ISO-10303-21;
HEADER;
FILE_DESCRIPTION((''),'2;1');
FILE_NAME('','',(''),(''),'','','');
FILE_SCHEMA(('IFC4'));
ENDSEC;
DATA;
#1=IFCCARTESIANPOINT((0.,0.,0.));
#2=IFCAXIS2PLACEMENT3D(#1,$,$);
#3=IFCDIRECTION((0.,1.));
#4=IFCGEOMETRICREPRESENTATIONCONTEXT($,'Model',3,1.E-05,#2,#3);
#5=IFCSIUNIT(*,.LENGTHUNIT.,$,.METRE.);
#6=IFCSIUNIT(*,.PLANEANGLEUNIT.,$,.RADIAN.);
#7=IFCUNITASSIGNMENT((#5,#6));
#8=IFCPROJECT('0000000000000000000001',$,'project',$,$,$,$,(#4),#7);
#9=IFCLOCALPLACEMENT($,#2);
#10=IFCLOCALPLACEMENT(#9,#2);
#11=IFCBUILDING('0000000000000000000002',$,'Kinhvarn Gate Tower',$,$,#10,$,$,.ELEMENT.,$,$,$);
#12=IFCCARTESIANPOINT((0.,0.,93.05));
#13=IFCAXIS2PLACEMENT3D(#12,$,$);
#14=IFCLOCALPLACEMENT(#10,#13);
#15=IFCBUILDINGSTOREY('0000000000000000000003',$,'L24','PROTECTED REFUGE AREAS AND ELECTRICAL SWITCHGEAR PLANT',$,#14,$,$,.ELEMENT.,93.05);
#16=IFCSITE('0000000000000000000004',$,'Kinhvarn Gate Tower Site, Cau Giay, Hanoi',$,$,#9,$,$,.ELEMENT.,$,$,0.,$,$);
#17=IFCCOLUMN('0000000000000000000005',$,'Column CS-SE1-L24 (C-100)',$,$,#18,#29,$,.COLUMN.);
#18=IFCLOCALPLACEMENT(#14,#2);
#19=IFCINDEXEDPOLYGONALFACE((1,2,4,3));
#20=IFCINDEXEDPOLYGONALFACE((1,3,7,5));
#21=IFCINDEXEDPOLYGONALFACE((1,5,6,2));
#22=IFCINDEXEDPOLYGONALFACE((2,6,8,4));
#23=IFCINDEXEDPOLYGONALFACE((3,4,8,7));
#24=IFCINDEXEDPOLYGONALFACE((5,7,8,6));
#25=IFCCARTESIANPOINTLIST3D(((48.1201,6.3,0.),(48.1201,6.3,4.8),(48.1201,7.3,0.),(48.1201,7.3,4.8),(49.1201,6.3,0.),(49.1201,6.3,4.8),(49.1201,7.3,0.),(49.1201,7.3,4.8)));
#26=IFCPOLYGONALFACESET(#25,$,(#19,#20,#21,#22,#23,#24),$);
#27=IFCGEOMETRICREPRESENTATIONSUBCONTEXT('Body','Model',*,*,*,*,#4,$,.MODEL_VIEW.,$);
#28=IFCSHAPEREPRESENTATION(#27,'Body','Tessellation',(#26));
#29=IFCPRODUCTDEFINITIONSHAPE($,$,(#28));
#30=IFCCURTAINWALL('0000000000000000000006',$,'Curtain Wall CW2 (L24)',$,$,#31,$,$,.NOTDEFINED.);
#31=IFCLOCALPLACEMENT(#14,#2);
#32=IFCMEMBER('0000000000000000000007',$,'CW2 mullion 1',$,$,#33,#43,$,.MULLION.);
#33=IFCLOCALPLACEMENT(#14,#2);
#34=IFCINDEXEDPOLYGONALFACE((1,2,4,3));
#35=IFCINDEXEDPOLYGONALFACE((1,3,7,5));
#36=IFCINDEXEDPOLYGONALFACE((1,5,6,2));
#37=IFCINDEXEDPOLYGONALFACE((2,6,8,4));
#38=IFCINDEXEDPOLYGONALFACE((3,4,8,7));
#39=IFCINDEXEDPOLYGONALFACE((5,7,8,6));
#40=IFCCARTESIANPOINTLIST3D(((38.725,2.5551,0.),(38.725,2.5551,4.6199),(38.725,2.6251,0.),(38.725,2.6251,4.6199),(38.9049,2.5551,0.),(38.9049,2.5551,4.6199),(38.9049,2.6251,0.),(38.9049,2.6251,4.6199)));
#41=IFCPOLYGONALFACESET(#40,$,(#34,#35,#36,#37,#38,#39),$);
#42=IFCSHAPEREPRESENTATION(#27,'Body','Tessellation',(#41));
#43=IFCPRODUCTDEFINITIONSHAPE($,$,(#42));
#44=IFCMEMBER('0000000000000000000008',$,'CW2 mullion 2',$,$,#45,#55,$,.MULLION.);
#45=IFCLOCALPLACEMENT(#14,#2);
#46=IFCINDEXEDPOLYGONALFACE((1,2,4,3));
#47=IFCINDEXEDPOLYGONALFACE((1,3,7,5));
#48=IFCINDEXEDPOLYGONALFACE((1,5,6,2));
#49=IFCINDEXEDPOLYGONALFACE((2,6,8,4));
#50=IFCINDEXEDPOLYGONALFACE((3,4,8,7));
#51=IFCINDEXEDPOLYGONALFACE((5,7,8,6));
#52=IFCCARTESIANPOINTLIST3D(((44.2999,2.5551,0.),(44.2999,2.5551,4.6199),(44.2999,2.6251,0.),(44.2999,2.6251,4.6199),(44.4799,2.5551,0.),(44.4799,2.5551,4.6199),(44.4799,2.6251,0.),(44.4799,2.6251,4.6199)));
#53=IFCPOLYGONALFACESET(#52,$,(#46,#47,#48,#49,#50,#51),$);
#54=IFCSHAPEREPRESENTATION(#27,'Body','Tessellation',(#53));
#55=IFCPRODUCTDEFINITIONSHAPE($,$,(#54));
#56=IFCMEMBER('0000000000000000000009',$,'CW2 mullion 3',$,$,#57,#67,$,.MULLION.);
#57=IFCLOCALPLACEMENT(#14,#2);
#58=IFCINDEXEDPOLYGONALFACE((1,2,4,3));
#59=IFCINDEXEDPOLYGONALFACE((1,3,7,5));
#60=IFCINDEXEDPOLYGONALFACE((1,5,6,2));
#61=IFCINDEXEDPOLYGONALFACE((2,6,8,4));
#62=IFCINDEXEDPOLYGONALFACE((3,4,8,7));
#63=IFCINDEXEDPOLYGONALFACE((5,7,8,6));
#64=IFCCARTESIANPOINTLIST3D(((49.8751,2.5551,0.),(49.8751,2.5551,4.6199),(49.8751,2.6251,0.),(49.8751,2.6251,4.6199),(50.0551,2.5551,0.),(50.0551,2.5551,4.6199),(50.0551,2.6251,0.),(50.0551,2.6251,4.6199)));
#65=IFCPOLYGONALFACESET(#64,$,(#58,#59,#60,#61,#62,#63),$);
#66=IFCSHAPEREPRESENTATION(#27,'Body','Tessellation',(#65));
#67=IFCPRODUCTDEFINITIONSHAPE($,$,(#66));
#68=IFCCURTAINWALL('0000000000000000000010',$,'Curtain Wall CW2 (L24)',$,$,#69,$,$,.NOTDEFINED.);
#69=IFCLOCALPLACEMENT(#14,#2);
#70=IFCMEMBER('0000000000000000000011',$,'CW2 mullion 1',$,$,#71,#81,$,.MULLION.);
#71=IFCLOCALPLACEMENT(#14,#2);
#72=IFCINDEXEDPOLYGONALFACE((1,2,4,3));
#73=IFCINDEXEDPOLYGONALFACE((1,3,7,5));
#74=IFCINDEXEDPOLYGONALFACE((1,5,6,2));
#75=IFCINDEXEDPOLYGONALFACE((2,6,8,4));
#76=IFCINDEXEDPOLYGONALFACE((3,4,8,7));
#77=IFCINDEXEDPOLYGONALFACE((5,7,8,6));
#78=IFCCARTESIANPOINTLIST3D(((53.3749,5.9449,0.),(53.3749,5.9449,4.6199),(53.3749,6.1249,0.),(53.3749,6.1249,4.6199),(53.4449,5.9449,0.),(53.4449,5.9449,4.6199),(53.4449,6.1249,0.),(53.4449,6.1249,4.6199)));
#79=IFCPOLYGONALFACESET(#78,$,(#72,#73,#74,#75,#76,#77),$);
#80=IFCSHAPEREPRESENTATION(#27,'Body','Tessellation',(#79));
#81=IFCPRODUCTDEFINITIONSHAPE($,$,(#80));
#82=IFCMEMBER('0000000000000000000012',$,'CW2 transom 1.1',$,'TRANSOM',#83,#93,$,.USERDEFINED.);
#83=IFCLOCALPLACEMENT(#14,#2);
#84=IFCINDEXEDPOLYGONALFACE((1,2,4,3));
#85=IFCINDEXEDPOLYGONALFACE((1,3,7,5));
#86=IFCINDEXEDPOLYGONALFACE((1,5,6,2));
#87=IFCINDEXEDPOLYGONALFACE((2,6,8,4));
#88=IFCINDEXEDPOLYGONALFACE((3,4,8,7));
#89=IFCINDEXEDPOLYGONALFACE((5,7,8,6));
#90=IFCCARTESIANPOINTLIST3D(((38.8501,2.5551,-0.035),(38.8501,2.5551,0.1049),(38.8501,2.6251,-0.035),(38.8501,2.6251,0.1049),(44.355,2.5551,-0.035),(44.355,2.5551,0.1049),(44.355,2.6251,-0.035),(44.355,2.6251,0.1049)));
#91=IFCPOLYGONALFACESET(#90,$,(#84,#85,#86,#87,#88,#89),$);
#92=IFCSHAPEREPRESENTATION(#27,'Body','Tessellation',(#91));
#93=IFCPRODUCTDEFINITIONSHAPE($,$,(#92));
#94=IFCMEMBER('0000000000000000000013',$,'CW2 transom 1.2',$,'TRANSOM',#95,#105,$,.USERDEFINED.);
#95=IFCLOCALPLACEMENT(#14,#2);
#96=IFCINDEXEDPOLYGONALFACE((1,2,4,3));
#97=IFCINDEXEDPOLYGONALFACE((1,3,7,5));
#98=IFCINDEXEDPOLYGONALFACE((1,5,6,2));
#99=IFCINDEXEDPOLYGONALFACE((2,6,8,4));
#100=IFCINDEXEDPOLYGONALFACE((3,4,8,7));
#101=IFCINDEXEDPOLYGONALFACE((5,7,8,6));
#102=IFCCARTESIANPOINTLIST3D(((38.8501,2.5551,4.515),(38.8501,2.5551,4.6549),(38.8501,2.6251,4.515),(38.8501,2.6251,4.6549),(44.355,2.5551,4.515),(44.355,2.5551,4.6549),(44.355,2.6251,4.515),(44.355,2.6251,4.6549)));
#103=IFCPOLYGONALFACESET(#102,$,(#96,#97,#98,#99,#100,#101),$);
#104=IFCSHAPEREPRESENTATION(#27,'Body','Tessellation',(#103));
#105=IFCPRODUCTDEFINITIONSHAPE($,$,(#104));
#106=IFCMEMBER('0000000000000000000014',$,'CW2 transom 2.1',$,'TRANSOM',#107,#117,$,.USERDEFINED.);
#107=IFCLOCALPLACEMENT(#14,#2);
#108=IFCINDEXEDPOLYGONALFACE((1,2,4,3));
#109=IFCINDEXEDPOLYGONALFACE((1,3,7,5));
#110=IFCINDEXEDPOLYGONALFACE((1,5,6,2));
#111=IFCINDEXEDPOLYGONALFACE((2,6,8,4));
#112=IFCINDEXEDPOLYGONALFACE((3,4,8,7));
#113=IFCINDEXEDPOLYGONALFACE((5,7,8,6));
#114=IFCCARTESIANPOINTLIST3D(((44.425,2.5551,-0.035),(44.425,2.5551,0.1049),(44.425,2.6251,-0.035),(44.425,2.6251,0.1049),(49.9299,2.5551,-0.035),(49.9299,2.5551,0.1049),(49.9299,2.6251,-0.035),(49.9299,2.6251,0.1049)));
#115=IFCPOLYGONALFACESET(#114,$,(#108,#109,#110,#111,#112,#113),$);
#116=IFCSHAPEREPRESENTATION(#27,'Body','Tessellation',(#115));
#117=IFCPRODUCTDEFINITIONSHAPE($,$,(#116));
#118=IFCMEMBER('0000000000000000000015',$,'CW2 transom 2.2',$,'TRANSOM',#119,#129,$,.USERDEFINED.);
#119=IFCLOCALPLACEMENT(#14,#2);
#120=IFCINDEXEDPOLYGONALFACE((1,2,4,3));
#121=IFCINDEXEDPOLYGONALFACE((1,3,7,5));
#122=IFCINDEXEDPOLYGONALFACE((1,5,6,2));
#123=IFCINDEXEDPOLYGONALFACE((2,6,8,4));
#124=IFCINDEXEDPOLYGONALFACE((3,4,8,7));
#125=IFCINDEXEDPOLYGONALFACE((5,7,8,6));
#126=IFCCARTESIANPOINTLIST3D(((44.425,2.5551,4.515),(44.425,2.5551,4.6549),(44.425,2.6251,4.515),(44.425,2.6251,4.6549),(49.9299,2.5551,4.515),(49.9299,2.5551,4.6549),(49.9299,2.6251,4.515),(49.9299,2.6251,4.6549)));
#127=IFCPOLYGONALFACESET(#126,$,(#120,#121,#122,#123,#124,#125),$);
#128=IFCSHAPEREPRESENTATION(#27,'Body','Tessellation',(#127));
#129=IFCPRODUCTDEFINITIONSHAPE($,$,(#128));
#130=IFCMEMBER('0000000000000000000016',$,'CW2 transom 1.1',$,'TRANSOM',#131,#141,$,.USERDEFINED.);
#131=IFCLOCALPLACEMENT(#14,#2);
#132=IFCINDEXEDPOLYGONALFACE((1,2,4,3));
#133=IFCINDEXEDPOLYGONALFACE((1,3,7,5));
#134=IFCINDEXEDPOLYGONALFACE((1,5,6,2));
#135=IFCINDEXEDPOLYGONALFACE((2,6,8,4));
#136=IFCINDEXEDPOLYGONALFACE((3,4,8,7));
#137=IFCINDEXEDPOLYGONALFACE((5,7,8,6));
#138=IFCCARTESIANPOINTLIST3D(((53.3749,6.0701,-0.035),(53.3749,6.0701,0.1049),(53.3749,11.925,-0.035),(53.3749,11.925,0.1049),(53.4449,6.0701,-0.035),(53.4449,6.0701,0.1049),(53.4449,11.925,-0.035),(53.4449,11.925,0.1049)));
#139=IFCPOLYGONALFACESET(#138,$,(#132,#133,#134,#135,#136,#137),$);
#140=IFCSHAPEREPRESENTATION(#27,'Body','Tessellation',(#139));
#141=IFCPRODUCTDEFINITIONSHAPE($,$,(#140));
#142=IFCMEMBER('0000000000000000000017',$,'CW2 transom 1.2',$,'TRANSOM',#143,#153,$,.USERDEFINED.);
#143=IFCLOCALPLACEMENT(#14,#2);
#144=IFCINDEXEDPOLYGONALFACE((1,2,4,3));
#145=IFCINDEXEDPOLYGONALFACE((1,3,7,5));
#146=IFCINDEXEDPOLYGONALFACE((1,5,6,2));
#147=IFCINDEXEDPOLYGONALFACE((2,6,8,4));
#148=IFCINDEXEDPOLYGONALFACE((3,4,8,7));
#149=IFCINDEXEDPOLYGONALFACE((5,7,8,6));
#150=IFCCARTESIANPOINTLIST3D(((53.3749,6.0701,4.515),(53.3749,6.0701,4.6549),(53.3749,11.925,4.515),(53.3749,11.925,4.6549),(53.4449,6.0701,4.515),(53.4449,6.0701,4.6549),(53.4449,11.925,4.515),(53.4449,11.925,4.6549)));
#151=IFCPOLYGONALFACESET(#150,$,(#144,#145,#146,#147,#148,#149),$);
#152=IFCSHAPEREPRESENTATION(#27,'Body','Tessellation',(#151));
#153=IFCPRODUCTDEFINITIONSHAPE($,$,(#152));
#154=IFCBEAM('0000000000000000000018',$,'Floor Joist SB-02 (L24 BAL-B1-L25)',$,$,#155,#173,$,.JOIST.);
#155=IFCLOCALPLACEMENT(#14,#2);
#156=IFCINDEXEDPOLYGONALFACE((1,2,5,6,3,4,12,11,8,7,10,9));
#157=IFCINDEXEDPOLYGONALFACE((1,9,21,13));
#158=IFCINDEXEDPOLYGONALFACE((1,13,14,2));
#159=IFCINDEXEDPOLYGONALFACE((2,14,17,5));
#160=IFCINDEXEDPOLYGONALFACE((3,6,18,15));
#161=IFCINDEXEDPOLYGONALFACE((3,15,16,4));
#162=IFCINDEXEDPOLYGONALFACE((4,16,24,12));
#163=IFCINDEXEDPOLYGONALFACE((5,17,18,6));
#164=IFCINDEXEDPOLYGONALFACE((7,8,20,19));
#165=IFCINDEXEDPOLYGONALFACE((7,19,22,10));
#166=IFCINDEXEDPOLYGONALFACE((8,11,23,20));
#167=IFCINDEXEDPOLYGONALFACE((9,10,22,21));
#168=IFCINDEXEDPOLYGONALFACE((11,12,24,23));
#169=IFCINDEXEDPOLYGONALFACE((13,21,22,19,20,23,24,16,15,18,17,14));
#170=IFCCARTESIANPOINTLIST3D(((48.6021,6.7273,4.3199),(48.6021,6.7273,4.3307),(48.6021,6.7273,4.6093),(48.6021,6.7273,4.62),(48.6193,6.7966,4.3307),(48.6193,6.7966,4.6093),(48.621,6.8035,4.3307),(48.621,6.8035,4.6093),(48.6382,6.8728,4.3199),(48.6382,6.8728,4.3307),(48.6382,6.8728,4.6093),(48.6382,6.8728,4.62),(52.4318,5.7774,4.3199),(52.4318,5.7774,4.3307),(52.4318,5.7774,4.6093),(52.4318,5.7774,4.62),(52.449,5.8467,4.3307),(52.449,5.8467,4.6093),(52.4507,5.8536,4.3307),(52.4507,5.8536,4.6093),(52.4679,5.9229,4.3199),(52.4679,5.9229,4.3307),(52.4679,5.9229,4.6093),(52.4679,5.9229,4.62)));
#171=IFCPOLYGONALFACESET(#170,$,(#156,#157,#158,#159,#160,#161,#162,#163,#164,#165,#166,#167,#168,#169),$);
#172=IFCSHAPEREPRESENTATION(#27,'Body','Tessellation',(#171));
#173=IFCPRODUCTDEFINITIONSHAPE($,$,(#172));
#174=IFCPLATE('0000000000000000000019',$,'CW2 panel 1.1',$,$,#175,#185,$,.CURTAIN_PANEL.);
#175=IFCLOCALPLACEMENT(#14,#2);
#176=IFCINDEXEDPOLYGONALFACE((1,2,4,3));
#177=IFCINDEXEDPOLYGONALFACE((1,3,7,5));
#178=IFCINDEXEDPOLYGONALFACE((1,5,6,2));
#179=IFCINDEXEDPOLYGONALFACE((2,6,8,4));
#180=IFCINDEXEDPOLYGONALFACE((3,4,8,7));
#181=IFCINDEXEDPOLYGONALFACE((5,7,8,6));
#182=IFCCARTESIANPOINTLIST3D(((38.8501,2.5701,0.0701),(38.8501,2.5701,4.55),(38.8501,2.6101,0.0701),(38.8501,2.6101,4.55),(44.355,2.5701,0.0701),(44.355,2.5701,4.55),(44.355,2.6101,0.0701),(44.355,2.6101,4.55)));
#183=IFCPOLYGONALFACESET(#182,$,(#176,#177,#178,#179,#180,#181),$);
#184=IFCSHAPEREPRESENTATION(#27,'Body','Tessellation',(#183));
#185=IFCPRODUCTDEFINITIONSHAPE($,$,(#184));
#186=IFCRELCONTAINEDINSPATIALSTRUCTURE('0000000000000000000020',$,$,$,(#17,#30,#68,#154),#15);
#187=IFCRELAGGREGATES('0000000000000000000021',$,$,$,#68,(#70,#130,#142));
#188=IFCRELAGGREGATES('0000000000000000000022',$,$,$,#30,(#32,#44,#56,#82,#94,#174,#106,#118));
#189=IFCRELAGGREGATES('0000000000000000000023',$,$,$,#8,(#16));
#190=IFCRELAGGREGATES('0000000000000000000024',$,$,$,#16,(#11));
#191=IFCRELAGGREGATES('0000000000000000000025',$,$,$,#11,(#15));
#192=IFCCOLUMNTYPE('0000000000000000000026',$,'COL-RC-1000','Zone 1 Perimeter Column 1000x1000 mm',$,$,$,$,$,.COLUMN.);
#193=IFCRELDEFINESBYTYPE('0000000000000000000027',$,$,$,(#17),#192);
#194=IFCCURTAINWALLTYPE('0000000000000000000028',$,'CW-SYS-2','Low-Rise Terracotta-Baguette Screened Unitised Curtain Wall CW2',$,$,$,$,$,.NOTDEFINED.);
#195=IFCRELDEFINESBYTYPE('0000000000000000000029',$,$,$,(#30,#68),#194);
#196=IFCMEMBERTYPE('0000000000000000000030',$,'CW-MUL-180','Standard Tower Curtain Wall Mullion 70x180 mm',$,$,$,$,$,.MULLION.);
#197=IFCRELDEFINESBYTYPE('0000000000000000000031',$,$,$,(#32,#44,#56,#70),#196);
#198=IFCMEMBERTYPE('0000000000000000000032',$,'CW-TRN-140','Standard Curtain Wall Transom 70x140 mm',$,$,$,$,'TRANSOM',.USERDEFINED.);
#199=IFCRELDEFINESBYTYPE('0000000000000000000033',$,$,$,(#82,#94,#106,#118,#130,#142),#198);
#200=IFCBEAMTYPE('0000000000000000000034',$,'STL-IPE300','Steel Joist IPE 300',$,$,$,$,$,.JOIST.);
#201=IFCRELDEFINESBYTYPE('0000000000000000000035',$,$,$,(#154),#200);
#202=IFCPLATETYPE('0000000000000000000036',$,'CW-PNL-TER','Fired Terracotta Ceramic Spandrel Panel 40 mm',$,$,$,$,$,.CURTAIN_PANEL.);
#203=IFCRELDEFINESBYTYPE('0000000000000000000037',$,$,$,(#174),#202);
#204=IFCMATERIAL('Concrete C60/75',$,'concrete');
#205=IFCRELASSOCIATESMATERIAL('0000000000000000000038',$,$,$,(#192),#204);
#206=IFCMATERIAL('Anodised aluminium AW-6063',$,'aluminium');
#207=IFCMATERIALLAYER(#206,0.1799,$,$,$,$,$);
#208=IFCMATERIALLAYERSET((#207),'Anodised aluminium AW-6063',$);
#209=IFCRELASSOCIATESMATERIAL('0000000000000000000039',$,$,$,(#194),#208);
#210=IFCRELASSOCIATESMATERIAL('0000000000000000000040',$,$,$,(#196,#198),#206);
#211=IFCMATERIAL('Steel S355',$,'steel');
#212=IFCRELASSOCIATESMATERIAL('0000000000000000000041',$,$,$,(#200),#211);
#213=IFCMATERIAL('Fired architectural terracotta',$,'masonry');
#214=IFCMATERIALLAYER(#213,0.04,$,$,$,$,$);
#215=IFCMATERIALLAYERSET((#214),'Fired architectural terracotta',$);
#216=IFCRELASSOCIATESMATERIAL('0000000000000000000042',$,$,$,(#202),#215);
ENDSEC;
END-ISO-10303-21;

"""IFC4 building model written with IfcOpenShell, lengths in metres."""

from ifc_helpers import new_model, si_unit, direction, frame, origin, origin_2d, place, context, subcontext, project, spatial, rectangle, i_section, extrude, material, layer, layer_set, material_profile, profile_set, type_object, element, aggregate, save


model = new_model("IFC4")

# Units and contexts
model_context = context("Model", 3, precision=1e-05, world=origin(), true_north=direction((0.0, 1.0)))
body_context = subcontext(model_context, "Body", "Model", "MODEL_VIEW")
ifc_project = project(units=[si_unit("LENGTHUNIT", "METRE"), si_unit("PLANEANGLEUNIT", "RADIAN")], contexts=[model_context])

# Site, building, storey
site_placement = place(None, origin())
site = spatial("IfcSite", under=ifc_project, at=site_placement, Name="Kinhvarn Gate Tower Site, Cau Giay, Hanoi", CompositionType="ELEMENT", RefElevation=0.0)
building_placement = place(site_placement, origin())
building = spatial("IfcBuilding", under=site, at=building_placement, Name="Kinhvarn Gate Tower", CompositionType="ELEMENT")
storey_placement = place(building_placement, frame((0.0, 0.0, 93.05)))
storey = spatial("IfcBuildingStorey", under=building, at=storey_placement, Name="L24", Description="PROTECTED REFUGE AREAS AND ELECTRICAL SWITCHGEAR PLANT", CompositionType="ELEMENT", Elevation=93.05)

# Column
ifc_material_1 = material(Name="Concrete C60/75", Category="concrete")
ifc_material_profile_1 = material_profile(ifc_material_1, rectangle(XDim=1.0, YDim=1.0, at=origin_2d()), Name="RC 1000x1000")
ifc_profile_set_1 = profile_set([ifc_material_profile_1], Name="Concrete C60/75")
column_type = type_object("IfcColumnType", Name="COL-RC-1000", Description="Zone 1 Perimeter Column 1000x1000 mm", PredefinedType="COLUMN", material=ifc_profile_set_1)
column_placement = place(storey_placement, frame((48.6201, 6.8, 0.0), z_axis=(0.0, 0.0, 1.0), x_axis=(1.0, 0.0, 0.0)))
element("IfcColumn", 1, at=column_placement, inside=storey, type_object=column_type, Name="Column CS-SE1-L24 (C-100)", PredefinedType="COLUMN", context=body_context, shape_type="SweptSolid", body=[
    extrude(rectangle(XDim=1.0, YDim=1.0, at=origin_2d()), origin(), (0.0, 0.0, 1.0), 4.8),
])

# Curtain wall, members
ifc_material_2 = material(Name="Anodised aluminium AW-6063", Category="aluminium")
ifc_layer_1 = layer(ifc_material_2, 0.1799)
ifc_layer_set_1 = layer_set([ifc_layer_1], Name="Anodised aluminium AW-6063")
curtain_wall_type = type_object("IfcCurtainWallType", Name="CW-SYS-2", Description="Low-Rise Terracotta-Baguette Screened Unitised Curtain Wall CW2", PredefinedType="NOTDEFINED", material=ifc_layer_set_1)
curtain_wall_1_placement = place(storey_placement, origin())
curtain_wall_1 = element("IfcCurtainWall", 2, at=curtain_wall_1_placement, inside=storey, type_object=curtain_wall_type, Name="Curtain Wall CW2 (L24)", PredefinedType="NOTDEFINED")
ifc_material_profile_2 = material_profile(ifc_material_2, rectangle(XDim=0.0701, YDim=0.1799, at=origin_2d()), Name="ALU 70x180")
ifc_profile_set_2 = profile_set([ifc_material_profile_2], Name="Anodised aluminium AW-6063")
member_type_1 = type_object("IfcMemberType", Name="CW-MUL-180", Description="Standard Tower Curtain Wall Mullion 70x180 mm", PredefinedType="MULLION", material=ifc_profile_set_2)
member_1_placement = place(storey_placement, frame((38.8149, 2.5901, 0.0), z_axis=(0.0, 0.0, 1.0), x_axis=(0.0, 1.0, 0.0)))
member_1 = element("IfcMember", 3, at=member_1_placement, type_object=member_type_1, Name="CW2 mullion 1", PredefinedType="MULLION", context=body_context, shape_type="SweptSolid", body=[
    extrude(rectangle(XDim=0.0701, YDim=0.1799, at=origin_2d()), origin(), (0.0, 0.0, 1.0), 4.6199),
])
member_2_placement = place(storey_placement, frame((44.3899, 2.5901, 0.0), z_axis=(0.0, 0.0, 1.0), x_axis=(0.0, 1.0, 0.0)))
member_2 = element("IfcMember", 4, at=member_2_placement, type_object=member_type_1, Name="CW2 mullion 2", PredefinedType="MULLION", context=body_context, shape_type="SweptSolid", body=[
    extrude(rectangle(XDim=0.0701, YDim=0.1799, at=origin_2d()), origin(), (0.0, 0.0, 1.0), 4.6199),
])
member_3_placement = place(storey_placement, frame((49.9651, 2.5901, 0.0), z_axis=(0.0, 0.0, 1.0), x_axis=(0.0, 1.0, 0.0)))
member_3 = element("IfcMember", 5, at=member_3_placement, type_object=member_type_1, Name="CW2 mullion 3", PredefinedType="MULLION", context=body_context, shape_type="SweptSolid", body=[
    extrude(rectangle(XDim=0.0701, YDim=0.1799, at=origin_2d()), origin(), (0.0, 0.0, 1.0), 4.6199),
])

# Curtain wall, member
curtain_wall_2_placement = place(storey_placement, origin())
curtain_wall_2 = element("IfcCurtainWall", 6, at=curtain_wall_2_placement, inside=storey, type_object=curtain_wall_type, Name="Curtain Wall CW2 (L24)", PredefinedType="NOTDEFINED")
member_4_placement = place(storey_placement, frame((53.4099, 6.0349, 0.0), z_axis=(0.0, 0.0, 1.0), x_axis=(-1.0, 0.0, 0.0)))
member_4 = element("IfcMember", 7, at=member_4_placement, type_object=member_type_1, Name="CW2 mullion 1", PredefinedType="MULLION", context=body_context, shape_type="SweptSolid", body=[
    extrude(rectangle(XDim=0.0701, YDim=0.1799, at=origin_2d()), origin(), (0.0, 0.0, 1.0), 4.6199),
])

# Members
ifc_material_profile_3 = material_profile(ifc_material_2, rectangle(XDim=0.0701, YDim=0.1399, at=origin_2d()), Name="ALU 70x140")
ifc_profile_set_3 = profile_set([ifc_material_profile_3], Name="Anodised aluminium AW-6063")
member_type_2 = type_object("IfcMemberType", Name="CW-TRN-140", Description="Standard Curtain Wall Transom 70x140 mm", ElementType="TRANSOM", PredefinedType="USERDEFINED", material=ifc_profile_set_3)
member_5_placement = place(storey_placement, frame((38.8501, 2.5901, 0.0349), z_axis=(1.0, 0.0, 0.0), x_axis=(0.0, 1.0, 0.0)))
member_5 = element("IfcMember", 8, at=member_5_placement, type_object=member_type_2, Name="CW2 transom 1.1", ObjectType="TRANSOM", PredefinedType="USERDEFINED", context=body_context, shape_type="SweptSolid", body=[
    extrude(rectangle(XDim=0.0701, YDim=0.1399, at=origin_2d()), origin(), (0.0, 0.0, 1.0), 5.5049),
])
member_6_placement = place(storey_placement, frame((38.8501, 2.5901, 4.585), z_axis=(1.0, 0.0, 0.0), x_axis=(0.0, 1.0, 0.0)))
member_6 = element("IfcMember", 9, at=member_6_placement, type_object=member_type_2, Name="CW2 transom 1.2", ObjectType="TRANSOM", PredefinedType="USERDEFINED", context=body_context, shape_type="SweptSolid", body=[
    extrude(rectangle(XDim=0.0701, YDim=0.1399, at=origin_2d()), origin(), (0.0, 0.0, 1.0), 5.5049),
])
member_7_placement = place(storey_placement, frame((44.425, 2.5901, 0.0349), z_axis=(1.0, 0.0, 0.0), x_axis=(0.0, 1.0, 0.0)))
member_7 = element("IfcMember", 10, at=member_7_placement, type_object=member_type_2, Name="CW2 transom 2.1", ObjectType="TRANSOM", PredefinedType="USERDEFINED", context=body_context, shape_type="SweptSolid", body=[
    extrude(rectangle(XDim=0.0701, YDim=0.1399, at=origin_2d()), origin(), (0.0, 0.0, 1.0), 5.5049),
])
member_8_placement = place(storey_placement, frame((44.425, 2.5901, 4.585), z_axis=(1.0, 0.0, 0.0), x_axis=(0.0, 1.0, 0.0)))
member_8 = element("IfcMember", 11, at=member_8_placement, type_object=member_type_2, Name="CW2 transom 2.2", ObjectType="TRANSOM", PredefinedType="USERDEFINED", context=body_context, shape_type="SweptSolid", body=[
    extrude(rectangle(XDim=0.0701, YDim=0.1399, at=origin_2d()), origin(), (0.0, 0.0, 1.0), 5.5049),
])
member_9_placement = place(storey_placement, frame((53.4099, 6.0701, 0.0349), z_axis=(0.0, 1.0, 0.0), x_axis=(-1.0, 0.0, 0.0)))
member_9 = element("IfcMember", 12, at=member_9_placement, type_object=member_type_2, Name="CW2 transom 1.1", ObjectType="TRANSOM", PredefinedType="USERDEFINED", context=body_context, shape_type="SweptSolid", body=[
    extrude(rectangle(XDim=0.0701, YDim=0.1399, at=origin_2d()), origin(), (0.0, 0.0, 1.0), 5.855),
])
member_10_placement = place(storey_placement, frame((53.4099, 6.0701, 4.585), z_axis=(0.0, 1.0, 0.0), x_axis=(-1.0, 0.0, 0.0)))
member_10 = element("IfcMember", 13, at=member_10_placement, type_object=member_type_2, Name="CW2 transom 1.2", ObjectType="TRANSOM", PredefinedType="USERDEFINED", context=body_context, shape_type="SweptSolid", body=[
    extrude(rectangle(XDim=0.0701, YDim=0.1399, at=origin_2d()), origin(), (0.0, 0.0, 1.0), 5.855),
])
aggregate(curtain_wall_2, [member_4, member_9, member_10])

# Beam
ifc_material_3 = material(Name="Steel S355", Category="steel")
ifc_material_profile_4 = material_profile(ifc_material_3, i_section(OverallWidth=0.1499, OverallDepth=0.3, WebThickness=0.0071, FlangeThickness=0.0107, at=origin_2d()), Name="IPE 300")
ifc_profile_set_4 = profile_set([ifc_material_profile_4], Name="Steel S355")
beam_type = type_object("IfcBeamType", Name="STL-IPE300", Description="Steel Joist IPE 300", PredefinedType="JOIST", material=ifc_profile_set_4)
beam_placement = place(storey_placement, frame((48.6201, 6.8, 4.47), z_axis=(0.970589, -0.240745, 0.0), x_axis=(0.240745, 0.970589, 0.0)))
element("IfcBeam", 14, at=beam_placement, inside=storey, type_object=beam_type, Name="Floor Joist SB-02 (L24 BAL-B1-L25)", PredefinedType="JOIST", context=body_context, shape_type="SweptSolid", body=[
    extrude(i_section(OverallWidth=0.1499, OverallDepth=0.3, WebThickness=0.0071, FlangeThickness=0.0107, at=origin_2d()), origin(), (0.0, 0.0, 1.0), 3.9458),
])

# Plate
ifc_material_4 = material(Name="Fired architectural terracotta", Category="masonry")
ifc_layer_2 = layer(ifc_material_4, 0.04)
ifc_layer_set_2 = layer_set([ifc_layer_2], Name="Fired architectural terracotta")
plate_type = type_object("IfcPlateType", Name="CW-PNL-TER", Description="Fired Terracotta Ceramic Spandrel Panel 40 mm", PredefinedType="CURTAIN_PANEL", material=ifc_layer_set_2)
plate_1_placement = place(storey_placement, frame((41.6025, 2.5901, 0.0701), z_axis=(0.0, 0.0, 1.0), x_axis=(1.0, 0.0, 0.0)))
plate_1 = element("IfcPlate", 15, at=plate_1_placement, type_object=plate_type, Name="CW2 panel 1.1", PredefinedType="CURTAIN_PANEL", context=body_context, shape_type="SweptSolid", body=[
    extrude(rectangle(XDim=5.5049, YDim=0.04, at=origin_2d()), origin(), (0.0, 0.0, 1.0), 4.48),
])
aggregate(curtain_wall_1, [member_1, member_2, member_3, member_5, member_6, plate_1, member_7, member_8])

save(model, "model.ifc")
